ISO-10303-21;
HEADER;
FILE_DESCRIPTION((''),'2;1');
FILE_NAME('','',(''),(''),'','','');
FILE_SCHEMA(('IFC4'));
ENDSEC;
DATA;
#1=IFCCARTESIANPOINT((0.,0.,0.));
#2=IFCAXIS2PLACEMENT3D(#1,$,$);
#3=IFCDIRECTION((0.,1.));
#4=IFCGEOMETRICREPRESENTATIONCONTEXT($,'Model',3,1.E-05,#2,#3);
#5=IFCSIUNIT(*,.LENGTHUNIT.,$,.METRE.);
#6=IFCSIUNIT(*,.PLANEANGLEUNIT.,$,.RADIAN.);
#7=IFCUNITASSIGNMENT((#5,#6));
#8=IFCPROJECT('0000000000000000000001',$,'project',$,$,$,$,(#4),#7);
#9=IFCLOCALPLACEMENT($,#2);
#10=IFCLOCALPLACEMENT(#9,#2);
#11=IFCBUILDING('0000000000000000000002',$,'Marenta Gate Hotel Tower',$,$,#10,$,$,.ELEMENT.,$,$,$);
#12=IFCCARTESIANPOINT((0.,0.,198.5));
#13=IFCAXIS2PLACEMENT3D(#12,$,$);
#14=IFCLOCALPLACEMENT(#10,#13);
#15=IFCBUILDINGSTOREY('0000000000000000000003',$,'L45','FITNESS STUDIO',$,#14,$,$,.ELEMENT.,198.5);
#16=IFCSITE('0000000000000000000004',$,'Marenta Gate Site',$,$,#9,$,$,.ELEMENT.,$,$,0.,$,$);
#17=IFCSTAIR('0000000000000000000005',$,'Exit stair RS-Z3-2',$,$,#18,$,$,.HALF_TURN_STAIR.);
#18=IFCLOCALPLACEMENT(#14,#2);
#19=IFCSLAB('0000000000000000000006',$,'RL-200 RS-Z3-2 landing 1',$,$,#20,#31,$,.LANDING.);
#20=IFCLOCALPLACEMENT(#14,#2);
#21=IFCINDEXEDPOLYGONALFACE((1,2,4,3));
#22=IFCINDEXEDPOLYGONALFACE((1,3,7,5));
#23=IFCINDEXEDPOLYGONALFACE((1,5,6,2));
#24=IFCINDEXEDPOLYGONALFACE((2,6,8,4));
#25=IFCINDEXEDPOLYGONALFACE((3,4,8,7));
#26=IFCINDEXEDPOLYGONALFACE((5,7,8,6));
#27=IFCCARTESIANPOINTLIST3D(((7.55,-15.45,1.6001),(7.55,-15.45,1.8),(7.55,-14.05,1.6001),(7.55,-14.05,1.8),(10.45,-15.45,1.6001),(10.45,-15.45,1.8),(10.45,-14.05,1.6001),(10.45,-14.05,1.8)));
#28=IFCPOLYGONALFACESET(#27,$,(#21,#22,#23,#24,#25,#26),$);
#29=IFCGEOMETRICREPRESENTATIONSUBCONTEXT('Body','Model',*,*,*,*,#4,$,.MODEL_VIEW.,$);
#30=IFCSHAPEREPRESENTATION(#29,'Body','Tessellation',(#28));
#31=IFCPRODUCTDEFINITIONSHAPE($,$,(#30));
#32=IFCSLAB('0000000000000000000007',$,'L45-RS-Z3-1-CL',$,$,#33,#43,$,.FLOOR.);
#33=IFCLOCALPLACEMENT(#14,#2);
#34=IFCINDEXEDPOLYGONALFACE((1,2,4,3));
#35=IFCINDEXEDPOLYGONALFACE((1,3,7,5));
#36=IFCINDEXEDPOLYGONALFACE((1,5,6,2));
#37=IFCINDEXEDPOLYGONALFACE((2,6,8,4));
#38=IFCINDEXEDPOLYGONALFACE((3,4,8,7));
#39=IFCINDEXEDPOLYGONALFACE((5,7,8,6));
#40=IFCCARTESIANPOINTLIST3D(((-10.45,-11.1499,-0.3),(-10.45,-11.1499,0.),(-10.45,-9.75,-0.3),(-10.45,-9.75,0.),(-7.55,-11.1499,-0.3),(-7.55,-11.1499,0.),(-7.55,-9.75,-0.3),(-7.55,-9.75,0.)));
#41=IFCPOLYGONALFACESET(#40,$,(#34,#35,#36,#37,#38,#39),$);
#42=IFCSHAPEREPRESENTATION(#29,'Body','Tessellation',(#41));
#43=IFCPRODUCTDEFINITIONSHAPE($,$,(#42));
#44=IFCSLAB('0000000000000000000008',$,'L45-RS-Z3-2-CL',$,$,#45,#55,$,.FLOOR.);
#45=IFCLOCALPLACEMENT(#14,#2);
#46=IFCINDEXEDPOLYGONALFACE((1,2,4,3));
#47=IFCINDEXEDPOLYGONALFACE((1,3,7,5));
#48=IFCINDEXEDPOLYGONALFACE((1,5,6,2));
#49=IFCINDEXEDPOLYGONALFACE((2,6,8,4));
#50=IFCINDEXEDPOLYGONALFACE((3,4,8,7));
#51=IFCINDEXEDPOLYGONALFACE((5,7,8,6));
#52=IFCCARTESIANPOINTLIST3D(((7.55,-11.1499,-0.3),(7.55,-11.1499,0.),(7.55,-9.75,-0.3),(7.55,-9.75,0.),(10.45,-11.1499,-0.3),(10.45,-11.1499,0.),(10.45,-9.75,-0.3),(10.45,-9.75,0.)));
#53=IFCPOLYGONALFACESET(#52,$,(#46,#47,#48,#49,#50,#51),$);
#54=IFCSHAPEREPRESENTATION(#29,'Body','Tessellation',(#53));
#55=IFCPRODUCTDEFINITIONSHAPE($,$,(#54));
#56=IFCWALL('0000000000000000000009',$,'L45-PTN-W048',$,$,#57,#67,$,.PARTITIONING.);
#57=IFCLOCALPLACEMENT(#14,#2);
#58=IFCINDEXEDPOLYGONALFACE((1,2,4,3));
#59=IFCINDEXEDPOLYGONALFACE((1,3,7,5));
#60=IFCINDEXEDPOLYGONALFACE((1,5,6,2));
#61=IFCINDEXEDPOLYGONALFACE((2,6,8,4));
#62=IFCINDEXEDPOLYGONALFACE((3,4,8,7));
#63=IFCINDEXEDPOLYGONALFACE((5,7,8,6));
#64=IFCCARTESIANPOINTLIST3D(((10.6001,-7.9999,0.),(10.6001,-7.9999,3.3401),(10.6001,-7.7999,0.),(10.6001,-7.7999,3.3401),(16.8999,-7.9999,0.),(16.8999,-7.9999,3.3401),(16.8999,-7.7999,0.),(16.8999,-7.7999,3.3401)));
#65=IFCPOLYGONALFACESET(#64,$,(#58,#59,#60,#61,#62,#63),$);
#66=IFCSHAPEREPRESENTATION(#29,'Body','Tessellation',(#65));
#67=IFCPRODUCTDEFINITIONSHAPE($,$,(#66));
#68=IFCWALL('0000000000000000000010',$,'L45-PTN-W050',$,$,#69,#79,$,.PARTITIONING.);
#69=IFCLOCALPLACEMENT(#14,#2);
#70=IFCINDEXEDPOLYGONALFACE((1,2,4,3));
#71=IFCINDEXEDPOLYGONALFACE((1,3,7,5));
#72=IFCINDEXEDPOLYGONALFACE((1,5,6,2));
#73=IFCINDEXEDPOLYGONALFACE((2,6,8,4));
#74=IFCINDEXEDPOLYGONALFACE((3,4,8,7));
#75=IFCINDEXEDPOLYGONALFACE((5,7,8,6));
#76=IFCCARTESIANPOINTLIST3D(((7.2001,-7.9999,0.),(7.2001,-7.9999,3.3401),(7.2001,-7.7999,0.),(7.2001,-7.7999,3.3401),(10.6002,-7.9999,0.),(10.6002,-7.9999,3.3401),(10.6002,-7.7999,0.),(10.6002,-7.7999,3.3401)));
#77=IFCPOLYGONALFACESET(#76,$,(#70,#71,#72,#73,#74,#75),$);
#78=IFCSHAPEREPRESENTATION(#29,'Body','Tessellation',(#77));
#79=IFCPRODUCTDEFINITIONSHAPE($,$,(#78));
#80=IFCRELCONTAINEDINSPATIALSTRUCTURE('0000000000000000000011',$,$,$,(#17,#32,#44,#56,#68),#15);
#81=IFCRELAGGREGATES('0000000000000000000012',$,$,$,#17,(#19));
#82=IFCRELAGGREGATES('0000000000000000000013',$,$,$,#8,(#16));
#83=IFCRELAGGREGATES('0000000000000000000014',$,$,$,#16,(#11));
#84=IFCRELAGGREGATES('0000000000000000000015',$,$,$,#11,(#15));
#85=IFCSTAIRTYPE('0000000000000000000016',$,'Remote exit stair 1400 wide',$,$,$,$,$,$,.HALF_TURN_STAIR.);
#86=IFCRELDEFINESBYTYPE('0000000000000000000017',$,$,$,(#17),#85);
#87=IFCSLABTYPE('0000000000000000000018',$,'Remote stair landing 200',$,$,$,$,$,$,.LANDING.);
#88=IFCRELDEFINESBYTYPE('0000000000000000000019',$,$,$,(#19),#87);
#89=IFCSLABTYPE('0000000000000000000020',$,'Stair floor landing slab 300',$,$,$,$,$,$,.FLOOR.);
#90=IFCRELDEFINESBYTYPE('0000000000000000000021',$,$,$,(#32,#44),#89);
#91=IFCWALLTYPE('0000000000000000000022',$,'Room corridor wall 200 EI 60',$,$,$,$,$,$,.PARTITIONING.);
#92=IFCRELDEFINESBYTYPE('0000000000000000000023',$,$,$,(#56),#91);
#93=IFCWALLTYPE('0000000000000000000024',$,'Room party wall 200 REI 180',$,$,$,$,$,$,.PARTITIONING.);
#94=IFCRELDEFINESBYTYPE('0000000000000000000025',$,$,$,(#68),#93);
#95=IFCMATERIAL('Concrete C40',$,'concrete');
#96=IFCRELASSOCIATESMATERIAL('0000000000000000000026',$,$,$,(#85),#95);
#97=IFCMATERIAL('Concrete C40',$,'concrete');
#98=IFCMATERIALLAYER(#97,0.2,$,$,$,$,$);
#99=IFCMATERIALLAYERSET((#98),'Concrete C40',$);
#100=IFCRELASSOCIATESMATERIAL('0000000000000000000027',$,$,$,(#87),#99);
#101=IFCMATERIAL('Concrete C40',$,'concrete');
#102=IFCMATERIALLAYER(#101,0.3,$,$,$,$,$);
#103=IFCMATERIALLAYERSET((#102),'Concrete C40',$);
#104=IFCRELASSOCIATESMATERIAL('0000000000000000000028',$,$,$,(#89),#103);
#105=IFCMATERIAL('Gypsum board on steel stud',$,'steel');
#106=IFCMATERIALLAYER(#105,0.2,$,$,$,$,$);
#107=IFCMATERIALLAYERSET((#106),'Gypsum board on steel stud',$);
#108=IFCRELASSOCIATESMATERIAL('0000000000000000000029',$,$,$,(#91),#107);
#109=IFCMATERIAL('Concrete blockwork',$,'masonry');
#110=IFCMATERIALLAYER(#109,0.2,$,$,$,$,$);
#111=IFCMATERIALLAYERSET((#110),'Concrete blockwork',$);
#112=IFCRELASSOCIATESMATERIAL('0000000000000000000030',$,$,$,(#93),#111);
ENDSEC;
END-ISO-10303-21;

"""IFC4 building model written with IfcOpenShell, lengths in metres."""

from ifc_helpers import new_model, si_unit, direction, frame, frame_2d, origin, place, context, subcontext, project, spatial, polyline, rectangle, outline, extrude, material, layer, layer_set, type_object, element, aggregate, save


model = new_model("IFC4")

# Units and contexts
model_context = context("Model", 3, precision=1e-05, world=origin(), true_north=direction((0.0, 1.0)))
body_context = subcontext(model_context, "Body", "Model", "MODEL_VIEW")
ifc_project = project(units=[si_unit("LENGTHUNIT", "METRE"), si_unit("PLANEANGLEUNIT", "RADIAN")], contexts=[model_context])

# Site, building, storey
site_placement = place(None, origin())
site = spatial("IfcSite", under=ifc_project, at=site_placement, Name="Marenta Gate Site", CompositionType="ELEMENT", RefElevation=0.0)
building_placement = place(site_placement, origin())
building = spatial("IfcBuilding", under=site, at=building_placement, Name="Marenta Gate Hotel Tower", CompositionType="ELEMENT")
storey_placement = place(building_placement, frame((0.0, 0.0, 198.5)))
storey = spatial("IfcBuildingStorey", under=building, at=storey_placement, Name="L45", Description="FITNESS STUDIO", CompositionType="ELEMENT", Elevation=198.5)

# Stair, slab
ifc_material_1 = material(Name="Concrete C40", Category="concrete")
stair_type_1 = type_object("IfcStairType", Name="Remote exit stair 1400 wide", PredefinedType="HALF_TURN_STAIR", material=ifc_material_1)
ifc_material_2 = material(Name="Concrete C40", Category="concrete")
ifc_layer_1 = layer(ifc_material_2, 0.2)
ifc_layer_set_1 = layer_set([ifc_layer_1], Name="Concrete C40")
slab_type_1 = type_object("IfcSlabType", Name="Remote stair landing 200", PredefinedType="LANDING", material=ifc_layer_set_1)
stair_1_placement = place(storey_placement, origin())
stair_1 = element("IfcStair", 1, at=stair_1_placement, inside=storey, type_object=stair_type_1, Name="Exit stair RS-Z3-2", PredefinedType="HALF_TURN_STAIR")
slab_1_placement = place(storey_placement, frame((0.0, 0.0, 1.6001)))
slab_1 = element("IfcSlab", 2, at=slab_1_placement, type_object=slab_type_1, Name="RL-200 RS-Z3-2 landing 1", PredefinedType="LANDING", context=body_context, shape_type="SweptSolid", body=[
    extrude(outline(polyline([(7.55, -15.45), (10.45, -15.45), (10.45, -14.05), (7.55, -14.05), (7.55, -15.45)])), origin(), (0.0, 0.0, 1.0), 0.2),
])
aggregate(stair_1, [slab_1])

# Slabs
ifc_material_3 = material(Name="Concrete C40", Category="concrete")
ifc_layer_2 = layer(ifc_material_3, 0.3)
ifc_layer_set_2 = layer_set([ifc_layer_2], Name="Concrete C40")
slab_type_2 = type_object("IfcSlabType", Name="Stair floor landing slab 300", PredefinedType="FLOOR", material=ifc_layer_set_2)
slab_2_placement = place(storey_placement, frame((0.0, 0.0, -0.3)))
element("IfcSlab", 3, at=slab_2_placement, inside=storey, type_object=slab_type_2, Name="L45-RS-Z3-1-CL", PredefinedType="FLOOR", context=body_context, shape_type="SweptSolid", body=[
    extrude(outline(polyline([(-7.55, -11.1499), (-7.55, -9.75), (-10.45, -9.75), (-10.45, -11.1499), (-7.55, -11.1499)])), origin(), (0.0, 0.0, 1.0), 0.3),
])
slab_3_placement = place(storey_placement, frame((0.0, 0.0, -0.3)))
element("IfcSlab", 4, at=slab_3_placement, inside=storey, type_object=slab_type_2, Name="L45-RS-Z3-2-CL", PredefinedType="FLOOR", context=body_context, shape_type="SweptSolid", body=[
    extrude(outline(polyline([(10.45, -11.1499), (10.45, -9.75), (7.55, -9.75), (7.55, -11.1499), (10.45, -11.1499)])), origin(), (0.0, 0.0, 1.0), 0.3),
])

# Walls
ifc_material_4 = material(Name="Gypsum board on steel stud", Category="steel")
ifc_layer_3 = layer(ifc_material_4, 0.2)
ifc_layer_set_3 = layer_set([ifc_layer_3], Name="Gypsum board on steel stud")
wall_type_1 = type_object("IfcWallType", Name="Room corridor wall 200 EI 60", PredefinedType="PARTITIONING", material=ifc_layer_set_3)
wall_1_placement = place(storey_placement, frame((10.6001, -7.8999, 0.0), z_axis=(0.0, 0.0, 1.0), x_axis=(1.0, 0.0, 0.0)))
element("IfcWall", 5, at=wall_1_placement, inside=storey, type_object=wall_type_1, Name="L45-PTN-W048", PredefinedType="PARTITIONING", context=body_context, shape_type="SweptSolid", body=[
    extrude(rectangle(XDim=6.2998, YDim=0.2, at=frame_2d((3.1499, 0.0))), origin(), (0.0, 0.0, 1.0), 3.3401),
])
ifc_material_5 = material(Name="Concrete blockwork", Category="masonry")
ifc_layer_4 = layer(ifc_material_5, 0.2)
ifc_layer_set_4 = layer_set([ifc_layer_4], Name="Concrete blockwork")
wall_type_2 = type_object("IfcWallType", Name="Room party wall 200 REI 180", PredefinedType="PARTITIONING", material=ifc_layer_set_4)
wall_2_placement = place(storey_placement, frame((7.2, -7.8999, 0.0), z_axis=(0.0, 0.0, 1.0), x_axis=(1.0, 0.0, 0.0)))
element("IfcWall", 6, at=wall_2_placement, inside=storey, type_object=wall_type_2, Name="L45-PTN-W050", PredefinedType="PARTITIONING", context=body_context, shape_type="SweptSolid", body=[
    extrude(rectangle(XDim=3.4001, YDim=0.2, at=frame_2d((1.7002, 0.0))), origin(), (0.0, 0.0, 1.0), 3.3401),
])

save(model, "model.ifc")
